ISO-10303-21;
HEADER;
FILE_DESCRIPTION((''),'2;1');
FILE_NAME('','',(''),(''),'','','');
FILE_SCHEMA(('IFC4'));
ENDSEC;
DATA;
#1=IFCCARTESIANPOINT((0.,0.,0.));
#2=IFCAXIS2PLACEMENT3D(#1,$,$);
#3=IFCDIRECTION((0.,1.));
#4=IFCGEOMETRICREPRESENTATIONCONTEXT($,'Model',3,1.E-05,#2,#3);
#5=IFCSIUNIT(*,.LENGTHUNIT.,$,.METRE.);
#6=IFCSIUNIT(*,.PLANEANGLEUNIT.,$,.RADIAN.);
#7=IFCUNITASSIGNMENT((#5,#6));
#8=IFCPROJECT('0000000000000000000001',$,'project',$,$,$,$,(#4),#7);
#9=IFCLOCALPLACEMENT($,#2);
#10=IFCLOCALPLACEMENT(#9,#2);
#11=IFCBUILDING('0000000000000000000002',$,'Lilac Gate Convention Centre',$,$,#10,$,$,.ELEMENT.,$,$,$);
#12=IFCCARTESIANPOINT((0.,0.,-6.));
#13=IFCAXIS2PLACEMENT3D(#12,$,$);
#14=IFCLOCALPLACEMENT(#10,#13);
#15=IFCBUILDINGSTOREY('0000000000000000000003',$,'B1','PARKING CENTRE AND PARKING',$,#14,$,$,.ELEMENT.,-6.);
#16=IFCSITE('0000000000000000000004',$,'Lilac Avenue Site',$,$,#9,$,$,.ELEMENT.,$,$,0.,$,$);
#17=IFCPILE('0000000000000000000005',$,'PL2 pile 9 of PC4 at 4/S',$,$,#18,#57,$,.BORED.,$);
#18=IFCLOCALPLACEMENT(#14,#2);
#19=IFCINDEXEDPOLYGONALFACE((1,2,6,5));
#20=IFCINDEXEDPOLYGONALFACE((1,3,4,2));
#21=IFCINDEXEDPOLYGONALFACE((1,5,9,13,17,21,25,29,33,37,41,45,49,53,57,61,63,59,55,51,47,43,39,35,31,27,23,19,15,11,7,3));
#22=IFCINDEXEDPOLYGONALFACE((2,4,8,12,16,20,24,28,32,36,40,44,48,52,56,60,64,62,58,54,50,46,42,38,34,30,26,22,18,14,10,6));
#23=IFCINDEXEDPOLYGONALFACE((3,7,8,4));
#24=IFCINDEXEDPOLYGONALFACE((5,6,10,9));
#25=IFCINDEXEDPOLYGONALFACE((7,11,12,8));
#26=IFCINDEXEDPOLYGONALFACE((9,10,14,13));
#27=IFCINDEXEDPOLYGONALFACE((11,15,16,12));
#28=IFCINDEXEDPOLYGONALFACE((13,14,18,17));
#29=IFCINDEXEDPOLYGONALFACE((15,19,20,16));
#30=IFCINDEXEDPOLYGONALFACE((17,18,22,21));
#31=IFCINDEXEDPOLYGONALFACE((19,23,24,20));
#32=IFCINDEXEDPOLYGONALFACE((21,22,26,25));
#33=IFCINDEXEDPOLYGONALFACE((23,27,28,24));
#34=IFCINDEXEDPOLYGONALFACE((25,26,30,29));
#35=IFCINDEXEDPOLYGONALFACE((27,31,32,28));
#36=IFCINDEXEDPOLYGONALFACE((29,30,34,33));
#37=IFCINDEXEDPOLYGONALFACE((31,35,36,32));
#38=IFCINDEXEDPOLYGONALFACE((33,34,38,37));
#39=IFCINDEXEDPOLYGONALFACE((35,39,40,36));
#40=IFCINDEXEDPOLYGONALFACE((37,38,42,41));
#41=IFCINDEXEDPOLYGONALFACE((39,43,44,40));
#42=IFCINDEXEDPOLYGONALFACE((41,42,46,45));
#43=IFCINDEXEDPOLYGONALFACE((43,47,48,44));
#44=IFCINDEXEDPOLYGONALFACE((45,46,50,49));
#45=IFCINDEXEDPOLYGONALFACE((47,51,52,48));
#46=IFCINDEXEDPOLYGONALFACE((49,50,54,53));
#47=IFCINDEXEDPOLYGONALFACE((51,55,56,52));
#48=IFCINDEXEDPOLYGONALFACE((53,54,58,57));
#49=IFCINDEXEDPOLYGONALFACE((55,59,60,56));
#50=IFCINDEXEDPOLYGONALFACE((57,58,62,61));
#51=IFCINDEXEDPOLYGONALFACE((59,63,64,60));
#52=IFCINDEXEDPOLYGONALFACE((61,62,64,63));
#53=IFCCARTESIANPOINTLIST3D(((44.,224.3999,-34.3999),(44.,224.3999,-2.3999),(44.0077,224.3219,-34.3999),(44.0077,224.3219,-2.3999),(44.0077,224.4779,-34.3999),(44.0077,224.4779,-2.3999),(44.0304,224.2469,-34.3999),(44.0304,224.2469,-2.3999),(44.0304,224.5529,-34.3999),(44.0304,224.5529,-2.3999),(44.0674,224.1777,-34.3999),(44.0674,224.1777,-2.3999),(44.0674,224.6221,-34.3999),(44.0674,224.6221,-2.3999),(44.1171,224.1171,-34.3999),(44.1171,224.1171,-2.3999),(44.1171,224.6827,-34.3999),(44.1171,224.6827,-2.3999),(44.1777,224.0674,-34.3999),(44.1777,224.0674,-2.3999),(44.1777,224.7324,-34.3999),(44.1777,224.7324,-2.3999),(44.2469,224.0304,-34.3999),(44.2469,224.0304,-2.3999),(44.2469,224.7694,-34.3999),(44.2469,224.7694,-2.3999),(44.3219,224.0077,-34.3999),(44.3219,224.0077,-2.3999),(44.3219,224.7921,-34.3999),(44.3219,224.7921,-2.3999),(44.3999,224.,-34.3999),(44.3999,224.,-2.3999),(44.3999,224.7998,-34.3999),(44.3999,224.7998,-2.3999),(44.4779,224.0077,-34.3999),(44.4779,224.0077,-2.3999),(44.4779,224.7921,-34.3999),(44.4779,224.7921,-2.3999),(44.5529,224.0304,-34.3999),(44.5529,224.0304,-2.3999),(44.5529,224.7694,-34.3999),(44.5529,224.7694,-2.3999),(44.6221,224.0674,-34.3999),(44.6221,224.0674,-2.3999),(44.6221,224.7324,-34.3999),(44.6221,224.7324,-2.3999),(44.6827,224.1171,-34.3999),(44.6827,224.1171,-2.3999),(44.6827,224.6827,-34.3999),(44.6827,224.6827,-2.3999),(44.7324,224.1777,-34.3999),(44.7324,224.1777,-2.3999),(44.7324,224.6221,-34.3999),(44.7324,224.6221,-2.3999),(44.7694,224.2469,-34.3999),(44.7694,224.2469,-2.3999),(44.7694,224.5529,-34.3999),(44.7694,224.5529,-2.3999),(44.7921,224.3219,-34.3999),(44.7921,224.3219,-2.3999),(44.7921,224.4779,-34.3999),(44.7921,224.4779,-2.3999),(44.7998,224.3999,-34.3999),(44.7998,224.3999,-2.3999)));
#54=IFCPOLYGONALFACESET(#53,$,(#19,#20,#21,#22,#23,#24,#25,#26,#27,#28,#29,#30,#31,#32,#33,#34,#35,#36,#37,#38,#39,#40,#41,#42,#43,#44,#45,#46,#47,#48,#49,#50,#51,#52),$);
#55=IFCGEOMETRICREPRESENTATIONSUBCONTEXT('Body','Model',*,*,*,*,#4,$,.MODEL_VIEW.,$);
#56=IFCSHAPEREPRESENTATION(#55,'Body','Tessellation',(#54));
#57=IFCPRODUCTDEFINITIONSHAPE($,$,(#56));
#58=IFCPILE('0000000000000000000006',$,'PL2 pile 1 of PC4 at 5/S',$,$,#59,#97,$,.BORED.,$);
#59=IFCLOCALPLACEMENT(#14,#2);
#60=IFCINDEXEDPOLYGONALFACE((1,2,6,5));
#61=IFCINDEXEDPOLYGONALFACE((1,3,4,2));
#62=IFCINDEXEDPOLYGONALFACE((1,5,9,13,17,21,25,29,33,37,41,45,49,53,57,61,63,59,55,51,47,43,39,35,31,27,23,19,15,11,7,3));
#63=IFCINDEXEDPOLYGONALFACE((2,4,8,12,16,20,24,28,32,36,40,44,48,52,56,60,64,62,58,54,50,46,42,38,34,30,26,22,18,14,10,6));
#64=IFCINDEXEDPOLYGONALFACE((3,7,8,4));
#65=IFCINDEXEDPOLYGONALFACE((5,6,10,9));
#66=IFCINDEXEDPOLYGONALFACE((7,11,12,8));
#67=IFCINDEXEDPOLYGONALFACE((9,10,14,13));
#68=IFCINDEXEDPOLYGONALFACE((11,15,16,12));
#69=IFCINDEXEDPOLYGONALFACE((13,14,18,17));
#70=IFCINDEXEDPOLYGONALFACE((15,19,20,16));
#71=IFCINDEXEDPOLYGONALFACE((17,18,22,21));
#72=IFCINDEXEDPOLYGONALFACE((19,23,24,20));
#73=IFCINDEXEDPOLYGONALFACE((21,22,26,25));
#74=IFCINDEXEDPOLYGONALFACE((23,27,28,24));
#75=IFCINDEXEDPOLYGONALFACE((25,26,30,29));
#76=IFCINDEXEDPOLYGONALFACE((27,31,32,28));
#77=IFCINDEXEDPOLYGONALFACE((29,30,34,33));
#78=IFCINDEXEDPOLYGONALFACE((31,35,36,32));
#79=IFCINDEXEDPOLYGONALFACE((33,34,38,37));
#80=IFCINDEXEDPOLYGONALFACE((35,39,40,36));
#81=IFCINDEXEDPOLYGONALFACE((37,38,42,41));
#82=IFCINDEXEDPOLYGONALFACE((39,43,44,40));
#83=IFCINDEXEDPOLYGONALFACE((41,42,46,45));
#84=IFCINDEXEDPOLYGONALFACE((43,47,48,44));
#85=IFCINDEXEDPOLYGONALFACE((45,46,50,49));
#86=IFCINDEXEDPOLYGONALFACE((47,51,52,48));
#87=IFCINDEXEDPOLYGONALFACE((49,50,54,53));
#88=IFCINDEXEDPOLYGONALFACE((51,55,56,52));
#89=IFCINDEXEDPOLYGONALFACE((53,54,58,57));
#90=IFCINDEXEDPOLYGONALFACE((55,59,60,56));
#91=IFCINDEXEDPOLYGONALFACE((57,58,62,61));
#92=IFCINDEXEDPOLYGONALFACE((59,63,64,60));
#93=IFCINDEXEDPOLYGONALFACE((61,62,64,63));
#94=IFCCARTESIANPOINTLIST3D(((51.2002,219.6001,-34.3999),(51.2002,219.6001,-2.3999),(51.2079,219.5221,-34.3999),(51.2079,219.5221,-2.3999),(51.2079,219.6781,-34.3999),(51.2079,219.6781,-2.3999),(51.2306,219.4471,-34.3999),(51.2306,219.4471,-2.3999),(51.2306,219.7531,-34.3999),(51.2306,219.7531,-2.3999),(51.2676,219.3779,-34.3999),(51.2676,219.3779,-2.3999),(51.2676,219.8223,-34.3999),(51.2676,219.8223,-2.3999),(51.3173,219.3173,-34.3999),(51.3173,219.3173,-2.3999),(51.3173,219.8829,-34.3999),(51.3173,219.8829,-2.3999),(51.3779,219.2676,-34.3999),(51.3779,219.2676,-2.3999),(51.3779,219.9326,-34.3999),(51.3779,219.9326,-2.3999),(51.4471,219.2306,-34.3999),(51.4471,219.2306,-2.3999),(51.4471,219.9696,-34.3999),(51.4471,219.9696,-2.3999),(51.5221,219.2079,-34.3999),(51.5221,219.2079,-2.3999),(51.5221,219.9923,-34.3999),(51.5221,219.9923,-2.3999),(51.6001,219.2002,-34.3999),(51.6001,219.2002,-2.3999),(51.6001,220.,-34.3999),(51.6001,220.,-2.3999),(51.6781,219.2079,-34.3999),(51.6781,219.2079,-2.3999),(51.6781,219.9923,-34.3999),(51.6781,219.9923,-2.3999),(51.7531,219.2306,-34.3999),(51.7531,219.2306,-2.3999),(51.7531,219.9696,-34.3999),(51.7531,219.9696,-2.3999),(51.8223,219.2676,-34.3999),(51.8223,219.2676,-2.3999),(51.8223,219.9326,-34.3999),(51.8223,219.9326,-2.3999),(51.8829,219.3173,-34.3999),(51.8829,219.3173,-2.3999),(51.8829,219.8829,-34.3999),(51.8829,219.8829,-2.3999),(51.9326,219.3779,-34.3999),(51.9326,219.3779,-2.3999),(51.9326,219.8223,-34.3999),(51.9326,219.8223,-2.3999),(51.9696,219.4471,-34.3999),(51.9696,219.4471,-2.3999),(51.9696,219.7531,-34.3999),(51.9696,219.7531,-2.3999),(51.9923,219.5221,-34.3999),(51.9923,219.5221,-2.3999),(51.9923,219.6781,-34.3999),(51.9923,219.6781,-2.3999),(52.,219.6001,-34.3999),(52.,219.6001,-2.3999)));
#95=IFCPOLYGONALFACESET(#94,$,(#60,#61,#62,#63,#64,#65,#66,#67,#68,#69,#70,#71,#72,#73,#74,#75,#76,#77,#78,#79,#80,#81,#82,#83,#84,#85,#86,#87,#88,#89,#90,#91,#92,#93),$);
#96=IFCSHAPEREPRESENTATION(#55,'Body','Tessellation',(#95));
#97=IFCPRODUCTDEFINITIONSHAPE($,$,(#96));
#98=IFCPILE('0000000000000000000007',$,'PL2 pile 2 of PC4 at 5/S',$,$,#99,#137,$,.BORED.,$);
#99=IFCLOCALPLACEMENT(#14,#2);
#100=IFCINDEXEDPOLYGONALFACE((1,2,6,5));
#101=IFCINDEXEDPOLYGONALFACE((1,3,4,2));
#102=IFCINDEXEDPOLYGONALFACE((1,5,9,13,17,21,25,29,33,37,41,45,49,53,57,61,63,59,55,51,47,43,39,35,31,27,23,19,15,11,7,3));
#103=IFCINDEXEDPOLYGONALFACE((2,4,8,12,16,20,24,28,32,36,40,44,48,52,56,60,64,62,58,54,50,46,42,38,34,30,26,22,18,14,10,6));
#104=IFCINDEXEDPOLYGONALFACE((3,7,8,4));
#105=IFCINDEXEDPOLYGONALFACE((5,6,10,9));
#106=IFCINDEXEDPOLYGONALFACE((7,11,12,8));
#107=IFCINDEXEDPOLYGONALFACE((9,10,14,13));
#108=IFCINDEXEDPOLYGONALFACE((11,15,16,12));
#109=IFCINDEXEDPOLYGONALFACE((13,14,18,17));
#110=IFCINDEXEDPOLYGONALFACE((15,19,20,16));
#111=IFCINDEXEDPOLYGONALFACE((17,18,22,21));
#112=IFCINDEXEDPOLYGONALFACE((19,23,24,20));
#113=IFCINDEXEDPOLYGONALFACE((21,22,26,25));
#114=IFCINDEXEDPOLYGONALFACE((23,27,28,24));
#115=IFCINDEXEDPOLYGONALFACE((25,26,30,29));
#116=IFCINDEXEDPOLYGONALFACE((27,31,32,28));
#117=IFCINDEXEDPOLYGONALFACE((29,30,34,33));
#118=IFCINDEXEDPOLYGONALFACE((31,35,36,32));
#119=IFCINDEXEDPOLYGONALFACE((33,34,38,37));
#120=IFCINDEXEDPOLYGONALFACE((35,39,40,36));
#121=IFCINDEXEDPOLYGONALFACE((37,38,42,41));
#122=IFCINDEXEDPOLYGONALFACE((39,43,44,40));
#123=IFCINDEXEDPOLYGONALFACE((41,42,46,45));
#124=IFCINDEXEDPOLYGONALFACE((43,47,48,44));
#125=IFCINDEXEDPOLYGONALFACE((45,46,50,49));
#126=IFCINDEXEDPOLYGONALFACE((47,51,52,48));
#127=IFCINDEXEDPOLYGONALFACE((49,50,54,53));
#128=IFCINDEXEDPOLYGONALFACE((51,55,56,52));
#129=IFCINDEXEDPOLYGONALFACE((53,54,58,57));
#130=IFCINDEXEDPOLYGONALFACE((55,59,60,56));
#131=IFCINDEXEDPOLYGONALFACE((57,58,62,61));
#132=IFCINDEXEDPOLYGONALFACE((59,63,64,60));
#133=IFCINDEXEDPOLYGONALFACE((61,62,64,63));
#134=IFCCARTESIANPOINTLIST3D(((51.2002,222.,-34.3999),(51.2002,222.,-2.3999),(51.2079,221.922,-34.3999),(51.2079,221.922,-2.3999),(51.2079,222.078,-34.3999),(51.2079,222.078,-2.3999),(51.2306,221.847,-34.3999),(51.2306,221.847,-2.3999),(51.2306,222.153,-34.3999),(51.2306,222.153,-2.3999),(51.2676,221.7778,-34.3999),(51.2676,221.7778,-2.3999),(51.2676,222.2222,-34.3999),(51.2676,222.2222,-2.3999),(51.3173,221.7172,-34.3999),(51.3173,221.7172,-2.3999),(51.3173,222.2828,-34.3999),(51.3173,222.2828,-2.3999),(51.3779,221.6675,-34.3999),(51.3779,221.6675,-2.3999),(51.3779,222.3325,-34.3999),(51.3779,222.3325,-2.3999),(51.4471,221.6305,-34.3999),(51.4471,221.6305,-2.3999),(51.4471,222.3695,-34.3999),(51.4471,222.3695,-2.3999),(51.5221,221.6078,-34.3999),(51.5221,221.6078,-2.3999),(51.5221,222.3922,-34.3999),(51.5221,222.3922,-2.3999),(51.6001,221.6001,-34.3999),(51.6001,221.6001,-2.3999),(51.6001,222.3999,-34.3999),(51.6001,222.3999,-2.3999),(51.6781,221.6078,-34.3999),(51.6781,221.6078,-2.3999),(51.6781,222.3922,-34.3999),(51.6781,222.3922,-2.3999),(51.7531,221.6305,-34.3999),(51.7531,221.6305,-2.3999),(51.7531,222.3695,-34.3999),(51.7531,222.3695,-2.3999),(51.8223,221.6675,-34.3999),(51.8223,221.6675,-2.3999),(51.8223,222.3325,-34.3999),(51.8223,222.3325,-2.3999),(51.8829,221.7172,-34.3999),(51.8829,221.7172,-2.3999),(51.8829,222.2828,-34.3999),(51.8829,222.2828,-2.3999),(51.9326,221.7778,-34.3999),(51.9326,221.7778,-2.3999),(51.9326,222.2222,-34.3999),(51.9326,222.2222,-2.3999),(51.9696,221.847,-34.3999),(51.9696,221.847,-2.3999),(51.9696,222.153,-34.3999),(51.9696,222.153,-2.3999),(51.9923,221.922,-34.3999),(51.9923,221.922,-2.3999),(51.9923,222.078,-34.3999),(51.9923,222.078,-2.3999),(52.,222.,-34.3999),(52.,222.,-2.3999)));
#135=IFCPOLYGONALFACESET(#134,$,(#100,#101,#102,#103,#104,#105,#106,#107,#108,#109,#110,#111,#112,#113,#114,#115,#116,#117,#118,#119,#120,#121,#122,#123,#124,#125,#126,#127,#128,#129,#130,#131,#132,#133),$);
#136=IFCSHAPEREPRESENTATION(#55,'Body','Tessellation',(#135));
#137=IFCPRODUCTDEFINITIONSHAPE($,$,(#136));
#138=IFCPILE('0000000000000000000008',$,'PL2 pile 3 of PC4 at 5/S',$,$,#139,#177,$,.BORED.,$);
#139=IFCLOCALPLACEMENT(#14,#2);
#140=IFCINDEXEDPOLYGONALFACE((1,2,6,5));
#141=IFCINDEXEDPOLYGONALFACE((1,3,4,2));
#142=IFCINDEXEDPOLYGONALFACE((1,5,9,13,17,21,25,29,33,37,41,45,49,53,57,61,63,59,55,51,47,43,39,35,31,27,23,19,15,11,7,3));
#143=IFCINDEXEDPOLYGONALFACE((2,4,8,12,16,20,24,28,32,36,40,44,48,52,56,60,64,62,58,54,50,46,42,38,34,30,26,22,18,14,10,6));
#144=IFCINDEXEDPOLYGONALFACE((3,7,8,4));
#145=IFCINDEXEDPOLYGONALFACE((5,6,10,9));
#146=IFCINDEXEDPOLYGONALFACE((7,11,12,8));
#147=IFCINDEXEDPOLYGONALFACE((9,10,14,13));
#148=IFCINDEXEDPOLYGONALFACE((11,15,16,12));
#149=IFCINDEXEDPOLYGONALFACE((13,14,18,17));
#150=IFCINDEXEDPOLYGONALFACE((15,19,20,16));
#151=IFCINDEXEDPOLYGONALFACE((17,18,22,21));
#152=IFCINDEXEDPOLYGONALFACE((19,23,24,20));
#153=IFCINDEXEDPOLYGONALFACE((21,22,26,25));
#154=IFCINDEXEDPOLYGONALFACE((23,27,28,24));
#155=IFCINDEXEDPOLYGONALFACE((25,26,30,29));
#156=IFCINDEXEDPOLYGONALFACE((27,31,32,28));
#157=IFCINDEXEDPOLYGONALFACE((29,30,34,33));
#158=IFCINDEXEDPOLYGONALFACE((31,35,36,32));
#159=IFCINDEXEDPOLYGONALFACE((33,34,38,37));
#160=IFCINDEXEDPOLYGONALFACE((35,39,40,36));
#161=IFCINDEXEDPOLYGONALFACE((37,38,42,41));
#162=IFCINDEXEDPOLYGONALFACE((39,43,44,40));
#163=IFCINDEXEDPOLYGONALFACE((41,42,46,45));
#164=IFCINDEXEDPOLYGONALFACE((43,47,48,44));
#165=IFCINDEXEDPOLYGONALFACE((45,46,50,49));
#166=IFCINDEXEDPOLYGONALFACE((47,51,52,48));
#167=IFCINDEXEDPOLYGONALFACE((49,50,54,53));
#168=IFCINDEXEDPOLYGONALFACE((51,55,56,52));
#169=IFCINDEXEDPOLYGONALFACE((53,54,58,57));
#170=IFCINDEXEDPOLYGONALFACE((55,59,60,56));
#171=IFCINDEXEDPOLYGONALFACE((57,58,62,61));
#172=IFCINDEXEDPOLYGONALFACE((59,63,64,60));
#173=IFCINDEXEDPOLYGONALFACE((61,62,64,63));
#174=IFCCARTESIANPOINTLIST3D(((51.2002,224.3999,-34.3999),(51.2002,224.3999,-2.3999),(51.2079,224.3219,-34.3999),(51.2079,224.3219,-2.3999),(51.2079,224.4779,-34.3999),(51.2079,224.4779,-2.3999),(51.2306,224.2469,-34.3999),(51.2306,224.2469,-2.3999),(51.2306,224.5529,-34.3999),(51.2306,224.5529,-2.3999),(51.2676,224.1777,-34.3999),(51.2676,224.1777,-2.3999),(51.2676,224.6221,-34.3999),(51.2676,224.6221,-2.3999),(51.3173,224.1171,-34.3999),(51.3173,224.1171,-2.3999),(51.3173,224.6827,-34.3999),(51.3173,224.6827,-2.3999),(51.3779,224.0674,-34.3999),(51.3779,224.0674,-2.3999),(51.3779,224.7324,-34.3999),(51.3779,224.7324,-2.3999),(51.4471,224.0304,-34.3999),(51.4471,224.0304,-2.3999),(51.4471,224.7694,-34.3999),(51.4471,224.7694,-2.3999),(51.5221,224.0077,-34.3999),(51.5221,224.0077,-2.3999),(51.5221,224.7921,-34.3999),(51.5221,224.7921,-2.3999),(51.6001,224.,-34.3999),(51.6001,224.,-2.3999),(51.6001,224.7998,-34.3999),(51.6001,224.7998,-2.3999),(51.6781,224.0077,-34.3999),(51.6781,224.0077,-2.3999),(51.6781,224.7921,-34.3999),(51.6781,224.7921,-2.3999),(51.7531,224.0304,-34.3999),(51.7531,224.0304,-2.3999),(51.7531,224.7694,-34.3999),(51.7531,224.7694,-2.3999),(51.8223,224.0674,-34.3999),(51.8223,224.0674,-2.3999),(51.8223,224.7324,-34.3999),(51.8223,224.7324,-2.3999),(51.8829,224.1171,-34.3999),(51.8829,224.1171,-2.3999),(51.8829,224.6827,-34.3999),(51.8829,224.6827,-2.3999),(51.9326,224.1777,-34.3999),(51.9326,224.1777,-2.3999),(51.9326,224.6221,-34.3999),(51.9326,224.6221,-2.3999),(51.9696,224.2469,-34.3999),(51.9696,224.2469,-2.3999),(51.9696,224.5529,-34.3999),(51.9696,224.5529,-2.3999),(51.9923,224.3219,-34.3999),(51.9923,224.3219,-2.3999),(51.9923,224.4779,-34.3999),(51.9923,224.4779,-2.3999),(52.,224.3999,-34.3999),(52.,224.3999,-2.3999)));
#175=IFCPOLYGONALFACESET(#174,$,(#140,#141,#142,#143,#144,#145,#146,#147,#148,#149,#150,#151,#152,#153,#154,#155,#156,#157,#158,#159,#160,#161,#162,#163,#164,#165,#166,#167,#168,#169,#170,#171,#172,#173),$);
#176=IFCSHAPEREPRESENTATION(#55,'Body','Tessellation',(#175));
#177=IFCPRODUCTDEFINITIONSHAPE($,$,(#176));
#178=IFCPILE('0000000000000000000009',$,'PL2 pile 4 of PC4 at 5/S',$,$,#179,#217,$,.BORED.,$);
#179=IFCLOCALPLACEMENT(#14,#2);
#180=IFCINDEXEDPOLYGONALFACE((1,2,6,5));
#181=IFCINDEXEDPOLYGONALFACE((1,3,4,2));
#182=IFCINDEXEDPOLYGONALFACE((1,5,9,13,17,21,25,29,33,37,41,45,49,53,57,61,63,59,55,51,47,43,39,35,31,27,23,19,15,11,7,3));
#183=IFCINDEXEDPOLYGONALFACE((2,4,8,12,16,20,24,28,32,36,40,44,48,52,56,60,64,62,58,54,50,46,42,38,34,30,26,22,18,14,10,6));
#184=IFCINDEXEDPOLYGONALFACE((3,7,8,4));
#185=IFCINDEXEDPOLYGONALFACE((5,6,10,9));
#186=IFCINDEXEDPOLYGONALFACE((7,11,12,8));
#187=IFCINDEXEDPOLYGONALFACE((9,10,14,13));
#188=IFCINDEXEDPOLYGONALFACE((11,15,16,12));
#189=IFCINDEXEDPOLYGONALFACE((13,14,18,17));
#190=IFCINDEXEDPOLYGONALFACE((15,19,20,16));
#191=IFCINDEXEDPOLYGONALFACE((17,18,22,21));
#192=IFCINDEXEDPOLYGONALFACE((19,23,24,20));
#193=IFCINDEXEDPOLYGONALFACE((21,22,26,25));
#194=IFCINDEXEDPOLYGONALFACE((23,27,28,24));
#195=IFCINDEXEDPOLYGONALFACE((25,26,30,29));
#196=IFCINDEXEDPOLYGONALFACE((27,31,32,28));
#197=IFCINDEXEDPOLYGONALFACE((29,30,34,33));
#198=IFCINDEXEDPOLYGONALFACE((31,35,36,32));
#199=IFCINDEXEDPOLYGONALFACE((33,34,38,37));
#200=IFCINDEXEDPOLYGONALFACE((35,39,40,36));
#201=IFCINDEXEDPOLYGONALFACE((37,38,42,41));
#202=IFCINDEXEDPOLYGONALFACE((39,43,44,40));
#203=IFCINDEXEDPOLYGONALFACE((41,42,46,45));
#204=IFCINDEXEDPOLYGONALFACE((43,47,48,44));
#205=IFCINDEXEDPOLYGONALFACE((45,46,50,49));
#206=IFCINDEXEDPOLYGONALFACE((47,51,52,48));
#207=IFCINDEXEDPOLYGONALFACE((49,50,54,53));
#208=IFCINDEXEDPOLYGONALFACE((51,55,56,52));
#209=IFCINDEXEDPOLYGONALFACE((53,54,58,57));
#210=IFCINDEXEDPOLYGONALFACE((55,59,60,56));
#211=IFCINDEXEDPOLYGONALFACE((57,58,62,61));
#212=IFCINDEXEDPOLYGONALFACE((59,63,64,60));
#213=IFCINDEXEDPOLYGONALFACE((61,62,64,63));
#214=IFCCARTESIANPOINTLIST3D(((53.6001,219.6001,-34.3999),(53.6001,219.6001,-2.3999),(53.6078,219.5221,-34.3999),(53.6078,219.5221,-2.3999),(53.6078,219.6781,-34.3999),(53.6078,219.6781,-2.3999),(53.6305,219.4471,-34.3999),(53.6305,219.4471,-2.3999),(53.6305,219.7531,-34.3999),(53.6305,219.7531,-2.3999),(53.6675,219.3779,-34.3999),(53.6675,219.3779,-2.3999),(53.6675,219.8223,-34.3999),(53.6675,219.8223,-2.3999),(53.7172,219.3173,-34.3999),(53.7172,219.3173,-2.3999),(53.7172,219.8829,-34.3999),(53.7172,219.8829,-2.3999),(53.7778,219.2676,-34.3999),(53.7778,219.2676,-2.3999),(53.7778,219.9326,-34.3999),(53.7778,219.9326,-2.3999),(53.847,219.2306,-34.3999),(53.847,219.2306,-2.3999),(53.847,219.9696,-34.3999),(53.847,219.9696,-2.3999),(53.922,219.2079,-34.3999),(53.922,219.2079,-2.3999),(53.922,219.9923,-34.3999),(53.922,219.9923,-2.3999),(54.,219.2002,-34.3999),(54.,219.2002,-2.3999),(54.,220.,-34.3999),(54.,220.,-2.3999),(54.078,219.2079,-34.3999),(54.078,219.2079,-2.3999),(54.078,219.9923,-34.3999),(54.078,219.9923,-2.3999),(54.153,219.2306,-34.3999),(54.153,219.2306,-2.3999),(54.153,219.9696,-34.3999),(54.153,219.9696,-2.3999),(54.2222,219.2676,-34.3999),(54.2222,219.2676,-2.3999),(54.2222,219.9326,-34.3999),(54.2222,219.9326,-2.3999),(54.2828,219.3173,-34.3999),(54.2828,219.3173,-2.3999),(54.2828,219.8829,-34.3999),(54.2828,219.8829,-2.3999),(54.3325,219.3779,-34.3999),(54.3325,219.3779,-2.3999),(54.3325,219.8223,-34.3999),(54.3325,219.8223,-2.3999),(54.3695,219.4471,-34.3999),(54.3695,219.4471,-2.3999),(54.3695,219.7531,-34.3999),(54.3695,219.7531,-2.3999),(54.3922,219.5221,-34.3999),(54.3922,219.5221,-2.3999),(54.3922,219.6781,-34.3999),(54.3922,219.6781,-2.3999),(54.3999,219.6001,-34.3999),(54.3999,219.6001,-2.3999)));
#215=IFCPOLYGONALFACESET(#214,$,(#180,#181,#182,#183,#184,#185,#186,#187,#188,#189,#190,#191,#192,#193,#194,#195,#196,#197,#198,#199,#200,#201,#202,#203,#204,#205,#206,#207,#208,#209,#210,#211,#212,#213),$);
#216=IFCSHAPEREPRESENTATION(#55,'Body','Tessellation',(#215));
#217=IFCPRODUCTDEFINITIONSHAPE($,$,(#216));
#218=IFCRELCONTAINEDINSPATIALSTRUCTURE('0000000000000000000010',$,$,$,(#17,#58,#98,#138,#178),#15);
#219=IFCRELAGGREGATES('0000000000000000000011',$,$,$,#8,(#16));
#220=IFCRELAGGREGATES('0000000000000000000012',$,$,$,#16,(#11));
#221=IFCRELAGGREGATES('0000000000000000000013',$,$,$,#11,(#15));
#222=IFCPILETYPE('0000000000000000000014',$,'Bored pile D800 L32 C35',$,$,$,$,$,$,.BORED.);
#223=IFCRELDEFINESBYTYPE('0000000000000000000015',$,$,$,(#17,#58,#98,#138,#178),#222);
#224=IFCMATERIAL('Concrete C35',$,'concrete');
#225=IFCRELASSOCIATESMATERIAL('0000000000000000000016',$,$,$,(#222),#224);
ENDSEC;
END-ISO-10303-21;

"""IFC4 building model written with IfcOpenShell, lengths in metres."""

from ifc_helpers import new_model, si_unit, direction, frame, origin, origin_2d, place, context, subcontext, project, spatial, circle, extrude, material, material_profile, profile_set, type_object, element, save


model = new_model("IFC4")

# Units and contexts
model_context = context("Model", 3, precision=1e-05, world=origin(), true_north=direction((0.0, 1.0)))
body_context = subcontext(model_context, "Body", "Model", "MODEL_VIEW")
ifc_project = project(units=[si_unit("LENGTHUNIT", "METRE"), si_unit("PLANEANGLEUNIT", "RADIAN")], contexts=[model_context])

# Site, building, storey
site_placement = place(None, origin())
site = spatial("IfcSite", under=ifc_project, at=site_placement, Name="Lilac Avenue Site", CompositionType="ELEMENT", RefElevation=0.0)
building_placement = place(site_placement, origin())
building = spatial("IfcBuilding", under=site, at=building_placement, Name="Lilac Gate Convention Centre", CompositionType="ELEMENT")
storey_placement = place(building_placement, frame((0.0, 0.0, -6.0)))
storey = spatial("IfcBuildingStorey", under=building, at=storey_placement, Name="B1", Description="PARKING CENTRE AND PARKING", CompositionType="ELEMENT", Elevation=-6.0)

# Piles
ifc_material_1 = material(Name="Concrete C35", Category="concrete")
ifc_material_profile_1 = material_profile(ifc_material_1, circle(Radius=0.3999, at=origin_2d()), Name="D800")
ifc_profile_set_1 = profile_set([ifc_material_profile_1], Name="Concrete C35")
pile_type = type_object("IfcPileType", Name="Bored pile D800 L32 C35", PredefinedType="BORED", material=ifc_profile_set_1)
for number, where, z_axis, x_axis, name in (
    (1, (44.3999, 224.3999, -2.3999), (0.0, 0.0, -1.0), (1.0, 0.0, 0.0), "PL2 pile 9 of PC4 at 4/S"),
    (2, (51.6001, 219.6001, -2.3999), (0.0, 0.0, -1.0), (1.0, 0.0, 0.0), "PL2 pile 1 of PC4 at 5/S"),
    (3, (51.6001, 222.0, -2.3999), (0.0, 0.0, -1.0), (1.0, 0.0, 0.0), "PL2 pile 2 of PC4 at 5/S"),
    (4, (51.6001, 224.3999, -2.3999), (0.0, 0.0, -1.0), (1.0, 0.0, 0.0), "PL2 pile 3 of PC4 at 5/S"),
    (5, (54.0, 219.6001, -2.3999), (0.0, 0.0, -1.0), (1.0, 0.0, 0.0), "PL2 pile 4 of PC4 at 5/S"),
):
    element("IfcPile", number, at=place(storey_placement, frame(where, z_axis=z_axis, x_axis=x_axis)), inside=storey, type_object=pile_type, Name=name, PredefinedType="BORED", context=body_context, shape_type="SweptSolid", body=[
        extrude(circle(Radius=0.3999, at=origin_2d()), origin(), (0.0, 0.0, 1.0), 32.0),
    ])

save(model, "model.ifc")
